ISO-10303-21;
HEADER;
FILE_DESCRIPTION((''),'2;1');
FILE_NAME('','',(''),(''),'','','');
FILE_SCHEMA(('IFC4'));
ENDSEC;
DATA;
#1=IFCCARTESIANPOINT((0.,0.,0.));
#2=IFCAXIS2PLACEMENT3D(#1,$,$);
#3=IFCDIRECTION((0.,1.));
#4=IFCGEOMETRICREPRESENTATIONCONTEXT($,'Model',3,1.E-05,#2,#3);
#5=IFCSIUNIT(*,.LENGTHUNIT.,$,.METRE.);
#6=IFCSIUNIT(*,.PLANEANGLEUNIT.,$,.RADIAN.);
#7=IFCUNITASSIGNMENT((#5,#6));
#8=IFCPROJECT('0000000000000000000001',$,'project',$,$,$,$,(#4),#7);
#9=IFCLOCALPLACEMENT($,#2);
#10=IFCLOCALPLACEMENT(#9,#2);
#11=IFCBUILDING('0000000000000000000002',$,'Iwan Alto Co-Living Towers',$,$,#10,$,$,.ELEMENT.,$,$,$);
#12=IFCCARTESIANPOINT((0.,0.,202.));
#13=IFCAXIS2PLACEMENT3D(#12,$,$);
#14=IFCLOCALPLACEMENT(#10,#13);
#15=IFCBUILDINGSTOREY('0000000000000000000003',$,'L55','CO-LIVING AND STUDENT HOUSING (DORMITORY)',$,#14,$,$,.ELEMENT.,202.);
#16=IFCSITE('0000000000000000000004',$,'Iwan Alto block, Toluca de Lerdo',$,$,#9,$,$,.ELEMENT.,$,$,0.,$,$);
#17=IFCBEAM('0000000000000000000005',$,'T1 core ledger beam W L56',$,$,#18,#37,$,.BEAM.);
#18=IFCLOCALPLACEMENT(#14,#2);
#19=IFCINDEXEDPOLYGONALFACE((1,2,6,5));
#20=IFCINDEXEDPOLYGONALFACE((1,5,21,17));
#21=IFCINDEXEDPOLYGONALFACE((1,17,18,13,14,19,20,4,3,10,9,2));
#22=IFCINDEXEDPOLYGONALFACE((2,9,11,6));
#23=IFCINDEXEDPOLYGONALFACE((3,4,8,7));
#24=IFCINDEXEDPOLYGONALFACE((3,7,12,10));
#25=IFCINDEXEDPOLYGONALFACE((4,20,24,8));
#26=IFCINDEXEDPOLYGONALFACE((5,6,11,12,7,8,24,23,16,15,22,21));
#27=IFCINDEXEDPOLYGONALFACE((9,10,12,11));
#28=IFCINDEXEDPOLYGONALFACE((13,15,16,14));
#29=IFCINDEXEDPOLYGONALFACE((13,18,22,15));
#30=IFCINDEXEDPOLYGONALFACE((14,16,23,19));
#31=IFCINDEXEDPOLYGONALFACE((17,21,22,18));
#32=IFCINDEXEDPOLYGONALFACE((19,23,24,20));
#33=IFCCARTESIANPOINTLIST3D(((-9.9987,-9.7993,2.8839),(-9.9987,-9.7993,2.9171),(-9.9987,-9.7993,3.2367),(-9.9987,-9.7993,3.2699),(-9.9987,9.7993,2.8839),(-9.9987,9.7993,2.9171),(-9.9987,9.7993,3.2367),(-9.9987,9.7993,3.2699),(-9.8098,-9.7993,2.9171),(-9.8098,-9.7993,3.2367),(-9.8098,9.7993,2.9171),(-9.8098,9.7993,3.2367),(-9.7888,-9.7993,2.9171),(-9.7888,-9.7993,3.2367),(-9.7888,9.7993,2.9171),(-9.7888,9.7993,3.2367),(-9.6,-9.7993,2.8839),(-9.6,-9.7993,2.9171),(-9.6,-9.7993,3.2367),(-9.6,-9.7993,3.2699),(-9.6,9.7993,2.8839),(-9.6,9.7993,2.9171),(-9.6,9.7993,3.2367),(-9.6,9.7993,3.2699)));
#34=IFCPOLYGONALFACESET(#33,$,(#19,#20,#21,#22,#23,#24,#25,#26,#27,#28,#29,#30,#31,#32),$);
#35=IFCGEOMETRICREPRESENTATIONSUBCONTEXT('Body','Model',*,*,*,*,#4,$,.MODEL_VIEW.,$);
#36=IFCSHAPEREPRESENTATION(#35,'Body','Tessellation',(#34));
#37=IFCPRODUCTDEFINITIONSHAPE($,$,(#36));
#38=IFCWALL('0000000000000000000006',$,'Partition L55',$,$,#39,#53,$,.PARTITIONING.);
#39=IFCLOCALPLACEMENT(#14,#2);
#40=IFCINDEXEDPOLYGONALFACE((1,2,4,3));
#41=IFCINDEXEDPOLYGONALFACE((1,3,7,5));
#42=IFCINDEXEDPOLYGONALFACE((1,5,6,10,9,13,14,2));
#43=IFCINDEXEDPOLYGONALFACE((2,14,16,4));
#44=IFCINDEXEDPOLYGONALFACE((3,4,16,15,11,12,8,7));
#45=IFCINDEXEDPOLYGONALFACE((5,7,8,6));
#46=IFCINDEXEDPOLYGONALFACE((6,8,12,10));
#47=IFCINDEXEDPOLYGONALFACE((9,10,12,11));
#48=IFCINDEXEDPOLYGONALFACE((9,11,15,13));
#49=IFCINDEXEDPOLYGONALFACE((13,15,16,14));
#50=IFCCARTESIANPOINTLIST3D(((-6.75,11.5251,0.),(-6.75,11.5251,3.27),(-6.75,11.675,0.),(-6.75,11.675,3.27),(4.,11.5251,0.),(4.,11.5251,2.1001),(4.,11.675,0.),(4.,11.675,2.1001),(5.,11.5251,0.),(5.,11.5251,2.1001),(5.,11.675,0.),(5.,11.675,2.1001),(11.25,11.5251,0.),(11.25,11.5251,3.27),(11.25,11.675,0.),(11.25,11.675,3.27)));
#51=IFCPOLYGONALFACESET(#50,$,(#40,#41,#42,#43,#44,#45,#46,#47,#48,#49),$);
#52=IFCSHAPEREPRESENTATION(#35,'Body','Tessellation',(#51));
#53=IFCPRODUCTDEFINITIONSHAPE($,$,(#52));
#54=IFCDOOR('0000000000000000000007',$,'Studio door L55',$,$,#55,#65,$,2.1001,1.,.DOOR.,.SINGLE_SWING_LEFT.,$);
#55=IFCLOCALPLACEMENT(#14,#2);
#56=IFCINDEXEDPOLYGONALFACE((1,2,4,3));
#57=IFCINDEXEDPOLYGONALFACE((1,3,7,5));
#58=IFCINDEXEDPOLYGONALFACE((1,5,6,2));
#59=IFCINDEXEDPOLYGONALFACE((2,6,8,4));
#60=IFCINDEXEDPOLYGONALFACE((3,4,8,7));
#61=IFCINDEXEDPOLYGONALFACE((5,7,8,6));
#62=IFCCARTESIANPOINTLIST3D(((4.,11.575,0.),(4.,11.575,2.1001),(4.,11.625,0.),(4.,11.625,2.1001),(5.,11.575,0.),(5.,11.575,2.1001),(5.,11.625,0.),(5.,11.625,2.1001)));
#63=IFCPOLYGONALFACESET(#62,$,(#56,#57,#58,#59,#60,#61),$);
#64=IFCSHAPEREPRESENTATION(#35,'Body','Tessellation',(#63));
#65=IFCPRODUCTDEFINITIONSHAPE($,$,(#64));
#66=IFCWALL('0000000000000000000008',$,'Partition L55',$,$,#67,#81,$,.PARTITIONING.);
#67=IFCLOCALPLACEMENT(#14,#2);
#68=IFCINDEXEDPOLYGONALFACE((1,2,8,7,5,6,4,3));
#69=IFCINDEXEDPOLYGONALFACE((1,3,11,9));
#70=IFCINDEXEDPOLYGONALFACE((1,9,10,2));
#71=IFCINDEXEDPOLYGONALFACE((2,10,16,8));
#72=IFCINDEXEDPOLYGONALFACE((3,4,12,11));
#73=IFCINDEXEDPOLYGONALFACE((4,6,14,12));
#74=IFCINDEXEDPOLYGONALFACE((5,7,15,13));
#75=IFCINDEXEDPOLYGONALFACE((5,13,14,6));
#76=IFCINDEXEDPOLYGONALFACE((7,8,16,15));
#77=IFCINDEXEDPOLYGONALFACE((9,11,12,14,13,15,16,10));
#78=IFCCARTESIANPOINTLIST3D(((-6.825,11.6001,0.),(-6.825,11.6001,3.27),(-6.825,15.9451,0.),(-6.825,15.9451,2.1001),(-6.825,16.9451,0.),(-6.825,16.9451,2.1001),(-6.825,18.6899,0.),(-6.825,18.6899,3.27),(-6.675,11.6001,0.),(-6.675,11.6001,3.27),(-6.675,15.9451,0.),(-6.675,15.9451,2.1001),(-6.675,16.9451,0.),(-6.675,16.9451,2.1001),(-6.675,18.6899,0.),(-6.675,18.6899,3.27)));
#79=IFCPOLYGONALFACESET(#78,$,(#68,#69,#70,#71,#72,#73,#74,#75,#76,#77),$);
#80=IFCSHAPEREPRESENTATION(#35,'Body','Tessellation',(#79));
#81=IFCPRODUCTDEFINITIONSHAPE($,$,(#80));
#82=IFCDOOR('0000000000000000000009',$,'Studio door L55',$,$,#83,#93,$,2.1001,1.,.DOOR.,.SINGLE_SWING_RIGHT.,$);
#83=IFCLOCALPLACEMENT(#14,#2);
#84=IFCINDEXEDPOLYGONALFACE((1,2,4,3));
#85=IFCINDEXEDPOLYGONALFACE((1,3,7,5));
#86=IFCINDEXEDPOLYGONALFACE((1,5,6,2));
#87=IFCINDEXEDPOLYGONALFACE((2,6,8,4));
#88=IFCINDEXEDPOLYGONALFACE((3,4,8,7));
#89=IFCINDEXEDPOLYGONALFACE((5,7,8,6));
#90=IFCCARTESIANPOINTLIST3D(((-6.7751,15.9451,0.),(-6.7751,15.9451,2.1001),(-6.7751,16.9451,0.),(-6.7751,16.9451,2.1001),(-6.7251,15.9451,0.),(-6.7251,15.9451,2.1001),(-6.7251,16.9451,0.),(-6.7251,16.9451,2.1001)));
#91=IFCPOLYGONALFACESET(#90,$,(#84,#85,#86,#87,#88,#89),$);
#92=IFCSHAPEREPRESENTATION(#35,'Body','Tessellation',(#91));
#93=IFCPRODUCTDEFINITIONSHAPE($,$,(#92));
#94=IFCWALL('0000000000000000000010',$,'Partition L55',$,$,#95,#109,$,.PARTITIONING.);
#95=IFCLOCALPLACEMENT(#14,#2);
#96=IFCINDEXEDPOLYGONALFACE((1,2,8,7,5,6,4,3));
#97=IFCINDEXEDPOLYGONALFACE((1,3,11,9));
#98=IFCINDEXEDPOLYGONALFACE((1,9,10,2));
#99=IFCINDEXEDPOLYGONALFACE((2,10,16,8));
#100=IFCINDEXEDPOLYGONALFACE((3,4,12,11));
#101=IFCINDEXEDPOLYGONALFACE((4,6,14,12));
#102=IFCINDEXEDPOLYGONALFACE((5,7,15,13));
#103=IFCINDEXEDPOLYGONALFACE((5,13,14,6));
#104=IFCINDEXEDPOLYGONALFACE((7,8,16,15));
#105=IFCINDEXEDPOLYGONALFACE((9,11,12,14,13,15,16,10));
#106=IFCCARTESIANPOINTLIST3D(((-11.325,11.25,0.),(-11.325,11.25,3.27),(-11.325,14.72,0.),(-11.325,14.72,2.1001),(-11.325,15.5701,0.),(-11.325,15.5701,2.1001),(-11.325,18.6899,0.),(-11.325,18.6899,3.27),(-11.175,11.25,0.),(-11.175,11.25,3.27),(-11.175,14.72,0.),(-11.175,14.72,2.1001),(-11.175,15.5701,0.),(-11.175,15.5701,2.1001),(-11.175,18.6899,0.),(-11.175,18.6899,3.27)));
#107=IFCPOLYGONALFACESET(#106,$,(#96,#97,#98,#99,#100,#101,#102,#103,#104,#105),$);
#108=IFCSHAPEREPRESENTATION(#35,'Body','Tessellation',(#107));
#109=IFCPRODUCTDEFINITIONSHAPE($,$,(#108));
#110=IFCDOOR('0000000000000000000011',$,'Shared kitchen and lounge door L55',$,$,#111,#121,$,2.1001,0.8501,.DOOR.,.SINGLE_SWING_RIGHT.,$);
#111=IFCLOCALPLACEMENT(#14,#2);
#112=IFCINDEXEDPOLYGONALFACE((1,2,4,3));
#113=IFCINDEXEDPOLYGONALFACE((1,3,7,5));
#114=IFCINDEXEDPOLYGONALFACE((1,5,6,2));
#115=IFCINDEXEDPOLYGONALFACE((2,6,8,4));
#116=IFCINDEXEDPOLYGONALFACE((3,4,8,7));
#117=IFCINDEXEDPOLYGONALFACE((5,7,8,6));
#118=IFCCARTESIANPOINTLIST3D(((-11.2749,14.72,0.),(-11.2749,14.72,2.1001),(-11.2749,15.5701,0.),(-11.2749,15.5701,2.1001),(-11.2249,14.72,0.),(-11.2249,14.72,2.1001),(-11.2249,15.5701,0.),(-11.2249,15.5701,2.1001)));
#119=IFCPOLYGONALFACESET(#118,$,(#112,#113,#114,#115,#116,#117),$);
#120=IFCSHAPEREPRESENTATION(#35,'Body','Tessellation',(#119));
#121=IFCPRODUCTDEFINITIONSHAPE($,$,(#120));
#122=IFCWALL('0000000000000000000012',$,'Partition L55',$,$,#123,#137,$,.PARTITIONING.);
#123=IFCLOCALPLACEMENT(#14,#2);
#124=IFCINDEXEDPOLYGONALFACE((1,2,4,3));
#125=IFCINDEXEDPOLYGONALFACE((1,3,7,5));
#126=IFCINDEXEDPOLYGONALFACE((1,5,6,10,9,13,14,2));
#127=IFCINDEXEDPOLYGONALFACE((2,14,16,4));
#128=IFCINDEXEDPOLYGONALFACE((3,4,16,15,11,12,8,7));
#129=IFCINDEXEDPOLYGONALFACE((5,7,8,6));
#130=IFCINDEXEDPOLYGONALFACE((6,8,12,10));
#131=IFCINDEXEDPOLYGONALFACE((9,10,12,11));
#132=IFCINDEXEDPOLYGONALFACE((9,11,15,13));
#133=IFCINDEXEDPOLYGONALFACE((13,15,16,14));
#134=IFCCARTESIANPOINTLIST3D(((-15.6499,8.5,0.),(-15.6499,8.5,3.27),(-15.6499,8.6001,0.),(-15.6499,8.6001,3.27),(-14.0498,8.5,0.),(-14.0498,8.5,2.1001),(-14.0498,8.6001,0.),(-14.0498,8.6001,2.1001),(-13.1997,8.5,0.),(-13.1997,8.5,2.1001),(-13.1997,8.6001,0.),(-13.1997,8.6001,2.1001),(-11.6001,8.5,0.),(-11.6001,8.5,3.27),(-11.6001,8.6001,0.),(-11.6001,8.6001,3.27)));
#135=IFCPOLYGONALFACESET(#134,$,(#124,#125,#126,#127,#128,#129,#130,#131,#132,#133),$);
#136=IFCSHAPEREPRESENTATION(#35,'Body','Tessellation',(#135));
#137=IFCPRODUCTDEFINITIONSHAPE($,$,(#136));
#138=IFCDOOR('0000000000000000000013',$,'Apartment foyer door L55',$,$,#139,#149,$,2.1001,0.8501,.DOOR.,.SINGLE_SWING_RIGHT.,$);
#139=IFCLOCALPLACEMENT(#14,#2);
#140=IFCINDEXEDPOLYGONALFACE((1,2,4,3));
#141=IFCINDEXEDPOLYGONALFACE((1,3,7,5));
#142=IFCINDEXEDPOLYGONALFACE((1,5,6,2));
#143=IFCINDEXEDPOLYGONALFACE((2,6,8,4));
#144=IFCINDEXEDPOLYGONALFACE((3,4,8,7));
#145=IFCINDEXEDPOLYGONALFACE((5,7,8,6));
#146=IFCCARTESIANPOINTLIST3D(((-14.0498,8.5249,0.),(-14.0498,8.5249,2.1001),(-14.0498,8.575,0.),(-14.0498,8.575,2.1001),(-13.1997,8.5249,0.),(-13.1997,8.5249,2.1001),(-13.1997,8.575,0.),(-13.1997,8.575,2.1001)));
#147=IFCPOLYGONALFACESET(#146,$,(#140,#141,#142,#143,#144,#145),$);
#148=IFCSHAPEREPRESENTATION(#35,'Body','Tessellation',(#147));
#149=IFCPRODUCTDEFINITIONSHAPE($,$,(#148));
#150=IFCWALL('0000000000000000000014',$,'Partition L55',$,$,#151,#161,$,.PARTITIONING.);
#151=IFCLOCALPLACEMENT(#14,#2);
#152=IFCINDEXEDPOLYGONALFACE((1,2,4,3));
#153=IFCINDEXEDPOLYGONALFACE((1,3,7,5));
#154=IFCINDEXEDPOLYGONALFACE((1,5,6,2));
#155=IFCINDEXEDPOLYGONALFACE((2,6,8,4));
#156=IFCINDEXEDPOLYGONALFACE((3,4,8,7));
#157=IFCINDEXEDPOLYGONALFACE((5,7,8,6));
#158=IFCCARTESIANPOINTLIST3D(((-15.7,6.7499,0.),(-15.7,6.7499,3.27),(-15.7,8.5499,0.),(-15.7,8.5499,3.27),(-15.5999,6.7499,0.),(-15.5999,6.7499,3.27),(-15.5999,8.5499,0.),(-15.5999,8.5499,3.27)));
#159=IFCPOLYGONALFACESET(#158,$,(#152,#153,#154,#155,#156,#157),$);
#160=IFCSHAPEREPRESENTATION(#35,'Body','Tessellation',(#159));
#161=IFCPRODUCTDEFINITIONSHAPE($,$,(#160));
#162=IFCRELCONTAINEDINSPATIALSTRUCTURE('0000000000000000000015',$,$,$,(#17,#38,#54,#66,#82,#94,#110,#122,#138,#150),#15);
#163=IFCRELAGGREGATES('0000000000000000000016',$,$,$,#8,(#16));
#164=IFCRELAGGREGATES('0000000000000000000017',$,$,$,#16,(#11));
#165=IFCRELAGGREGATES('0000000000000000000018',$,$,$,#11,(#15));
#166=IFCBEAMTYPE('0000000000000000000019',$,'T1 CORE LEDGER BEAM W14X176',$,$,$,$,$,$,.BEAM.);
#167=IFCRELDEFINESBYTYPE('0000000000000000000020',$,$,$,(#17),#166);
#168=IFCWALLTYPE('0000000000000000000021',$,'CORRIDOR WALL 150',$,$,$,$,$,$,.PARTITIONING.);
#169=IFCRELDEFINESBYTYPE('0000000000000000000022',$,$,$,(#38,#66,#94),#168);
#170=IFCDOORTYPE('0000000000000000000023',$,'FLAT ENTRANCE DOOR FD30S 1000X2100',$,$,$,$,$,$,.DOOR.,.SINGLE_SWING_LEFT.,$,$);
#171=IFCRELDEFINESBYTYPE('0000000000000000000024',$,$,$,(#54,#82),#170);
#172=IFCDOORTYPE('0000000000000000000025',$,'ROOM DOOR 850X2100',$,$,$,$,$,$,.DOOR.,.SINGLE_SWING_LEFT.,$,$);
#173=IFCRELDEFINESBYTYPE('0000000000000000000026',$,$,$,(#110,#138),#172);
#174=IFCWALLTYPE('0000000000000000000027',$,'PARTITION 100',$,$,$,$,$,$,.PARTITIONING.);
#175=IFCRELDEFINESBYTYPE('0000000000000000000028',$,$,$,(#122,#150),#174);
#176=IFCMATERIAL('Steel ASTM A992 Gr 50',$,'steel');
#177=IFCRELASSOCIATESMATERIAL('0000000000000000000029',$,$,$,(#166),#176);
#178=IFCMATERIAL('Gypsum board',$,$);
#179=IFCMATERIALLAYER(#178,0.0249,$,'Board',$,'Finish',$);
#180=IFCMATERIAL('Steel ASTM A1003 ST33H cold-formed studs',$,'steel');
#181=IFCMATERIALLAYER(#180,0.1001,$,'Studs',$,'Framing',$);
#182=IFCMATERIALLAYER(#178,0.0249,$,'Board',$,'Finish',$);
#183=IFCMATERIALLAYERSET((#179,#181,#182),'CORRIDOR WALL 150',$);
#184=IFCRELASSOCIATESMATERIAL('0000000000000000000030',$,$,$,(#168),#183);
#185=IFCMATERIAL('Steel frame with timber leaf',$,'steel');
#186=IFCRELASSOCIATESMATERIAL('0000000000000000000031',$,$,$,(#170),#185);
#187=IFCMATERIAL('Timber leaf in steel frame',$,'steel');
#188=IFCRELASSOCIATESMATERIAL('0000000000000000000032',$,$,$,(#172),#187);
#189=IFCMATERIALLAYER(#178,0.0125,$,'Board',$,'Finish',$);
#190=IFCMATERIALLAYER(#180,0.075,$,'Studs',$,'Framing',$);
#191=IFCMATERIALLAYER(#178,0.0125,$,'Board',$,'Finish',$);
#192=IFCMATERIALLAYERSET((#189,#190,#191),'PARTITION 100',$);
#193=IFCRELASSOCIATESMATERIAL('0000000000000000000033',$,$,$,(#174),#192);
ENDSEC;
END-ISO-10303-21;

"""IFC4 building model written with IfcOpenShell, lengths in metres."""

from ifc_helpers import new_model, si_unit, direction, frame, frame_2d, origin, origin_2d, place, context, subcontext, project, spatial, rectangle, i_section, extrude, material, layer, layer_set, material_profile, profile_set, type_object, element, fill, save


model = new_model("IFC4")

# Units and contexts
model_context = context("Model", 3, precision=1e-05, world=origin(), true_north=direction((0.0, 1.0)))
body_context = subcontext(model_context, "Body", "Model", "MODEL_VIEW")
ifc_project = project(units=[si_unit("LENGTHUNIT", "METRE"), si_unit("PLANEANGLEUNIT", "RADIAN")], contexts=[model_context])

# Site, building, storey
site_placement = place(None, origin())
site = spatial("IfcSite", under=ifc_project, at=site_placement, Name="Iwan Alto block, Toluca de Lerdo", CompositionType="ELEMENT", RefElevation=0.0)
building_placement = place(site_placement, origin())
building = spatial("IfcBuilding", under=site, at=building_placement, Name="Iwan Alto Co-Living Towers", CompositionType="ELEMENT")
storey_placement = place(building_placement, frame((0.0, 0.0, 202.0)))
storey = spatial("IfcBuildingStorey", under=building, at=storey_placement, Name="L55", Description="CO-LIVING AND STUDENT HOUSING (DORMITORY)", CompositionType="ELEMENT", Elevation=202.0)

# Beam
ifc_material_1 = material(Name="Steel ASTM A992 Gr 50", Category="steel")
ifc_material_profile = material_profile(ifc_material_1, i_section(OverallWidth=0.3987, OverallDepth=0.386, WebThickness=0.021, FlangeThickness=0.0332, at=origin_2d()), Name="W14X176")
ifc_profile_set = profile_set([ifc_material_profile], Name="Steel ASTM A992 Gr 50")
beam_type = type_object("IfcBeamType", Name="T1 CORE LEDGER BEAM W14X176", PredefinedType="BEAM", material=ifc_profile_set)
beam_placement = place(storey_placement, frame((-9.7993, 9.7993, 3.0769), z_axis=(0.0, -1.0, 0.0), x_axis=(1.0, 0.0, 0.0)))
element("IfcBeam", 1, at=beam_placement, inside=storey, type_object=beam_type, Name="T1 core ledger beam W L56", PredefinedType="BEAM", context=body_context, shape_type="SweptSolid", body=[
    extrude(i_section(OverallWidth=0.3987, OverallDepth=0.386, WebThickness=0.021, FlangeThickness=0.0332, at=origin_2d()), origin(), (0.0, 0.0, 1.0), 19.5986),
])

# Walls, openings, doors
ifc_material_2 = material(Name="Gypsum board")
ifc_layer_1 = layer(ifc_material_2, 0.0249, Name="Board", Category="Finish")
ifc_material_3 = material(Name="Steel ASTM A1003 ST33H cold-formed studs", Category="steel")
ifc_layer_2 = layer(ifc_material_3, 0.1001, Name="Studs", Category="Framing")
ifc_layer_3 = layer(ifc_material_2, 0.0249, Name="Board", Category="Finish")
ifc_layer_set_1 = layer_set([ifc_layer_1, ifc_layer_2, ifc_layer_3], Name="CORRIDOR WALL 150")
wall_type_1 = type_object("IfcWallType", Name="CORRIDOR WALL 150", PredefinedType="PARTITIONING", material=ifc_layer_set_1)
wall_1_placement = place(storey_placement, frame((-6.75, 11.6001, 0.0), z_axis=(0.0, 0.0, 1.0), x_axis=(1.0, 0.0, 0.0)))
wall_1 = element("IfcWall", 2, at=wall_1_placement, inside=storey, type_object=wall_type_1, Name="Partition L55", PredefinedType="PARTITIONING", context=body_context, shape_type="SweptSolid", body=[
    extrude(rectangle(XDim=18.0, YDim=0.1499, at=frame_2d((9.0, 0.0))), origin(), (0.0, 0.0, 1.0), 3.27),
])
opening_1_placement = place(wall_1_placement, frame((10.75, 0.0, 0.0)))
opening_1 = element("IfcOpeningElement", 3, at=opening_1_placement, cuts=wall_1, PredefinedType="OPENING", context=body_context, shape_type="SweptSolid", body=[
    extrude(rectangle(XDim=1.0, YDim=2.1001, at=frame_2d((0.5, 1.05))), frame((0.0, 0.085, 0.0), z_axis=(0.0, -1.0, 0.0), x_axis=(1.0, 0.0, 0.0)), (0.0, 0.0, 1.0), 0.1699),
])
ifc_material_4 = material(Name="Steel frame with timber leaf", Category="steel")
door_type_1 = type_object("IfcDoorType", Name="FLAT ENTRANCE DOOR FD30S 1000X2100", OperationType="SINGLE_SWING_LEFT", PredefinedType="DOOR", material=ifc_material_4)
door_1_placement = place(opening_1_placement, origin())
door_1 = element("IfcDoor", 4, at=door_1_placement, inside=storey, type_object=door_type_1, Name="Studio door L55", OperationType="SINGLE_SWING_LEFT", OverallHeight=2.1001, OverallWidth=1.0, PredefinedType="DOOR", context=body_context, shape_type="SweptSolid", body=[
    extrude(rectangle(XDim=1.0, YDim=2.1001, at=frame_2d((0.5, 1.05))), frame((0.0, 0.0249, 0.0), z_axis=(0.0, -1.0, 0.0), x_axis=(1.0, 0.0, 0.0)), (0.0, 0.0, 1.0), 0.05),
])
fill(opening_1, door_1)
wall_2_placement = place(storey_placement, frame((-6.75, 11.6001, 0.0), z_axis=(0.0, 0.0, 1.0), x_axis=(0.0, 1.0, 0.0)))
wall_2 = element("IfcWall", 5, at=wall_2_placement, inside=storey, type_object=wall_type_1, Name="Partition L55", PredefinedType="PARTITIONING", context=body_context, shape_type="SweptSolid", body=[
    extrude(rectangle(XDim=7.0898, YDim=0.1499, at=frame_2d((3.5449, 0.0))), origin(), (0.0, 0.0, 1.0), 3.27),
])
opening_2_placement = place(wall_2_placement, frame((4.345, 0.0, 0.0)))
opening_2 = element("IfcOpeningElement", 6, at=opening_2_placement, cuts=wall_2, PredefinedType="OPENING", context=body_context, shape_type="SweptSolid", body=[
    extrude(rectangle(XDim=1.0, YDim=2.1001, at=frame_2d((0.5, 1.05))), frame((0.0, 0.085, 0.0), z_axis=(0.0, -1.0, 0.0), x_axis=(1.0, 0.0, 0.0)), (0.0, 0.0, 1.0), 0.1699),
])
door_2_placement = place(opening_2_placement, frame((1.0, 0.0, 0.0), z_axis=(0.0, 0.0, 1.0), x_axis=(-1.0, 0.0, 0.0)))
door_2 = element("IfcDoor", 7, at=door_2_placement, inside=storey, type_object=door_type_1, Name="Studio door L55", OperationType="SINGLE_SWING_RIGHT", OverallHeight=2.1001, OverallWidth=1.0, PredefinedType="DOOR", context=body_context, shape_type="SweptSolid", body=[
    extrude(rectangle(XDim=1.0, YDim=2.1001, at=frame_2d((0.5, 1.05))), frame((0.0, 0.0249, 0.0), z_axis=(0.0, -1.0, 0.0), x_axis=(1.0, 0.0, 0.0)), (0.0, 0.0, 1.0), 0.05),
])
fill(opening_2, door_2)
wall_3_placement = place(storey_placement, frame((-11.25, 11.25, 0.0), z_axis=(0.0, 0.0, 1.0), x_axis=(0.0, 1.0, 0.0)))
wall_3 = element("IfcWall", 8, at=wall_3_placement, inside=storey, type_object=wall_type_1, Name="Partition L55", PredefinedType="PARTITIONING", context=body_context, shape_type="SweptSolid", body=[
    extrude(rectangle(XDim=7.4399, YDim=0.1499, at=frame_2d((3.72, 0.0))), origin(), (0.0, 0.0, 1.0), 3.27),
])
opening_3_placement = place(wall_3_placement, frame((3.47, 0.0, 0.0)))
opening_3 = element("IfcOpeningElement", 9, at=opening_3_placement, cuts=wall_3, PredefinedType="OPENING", context=body_context, shape_type="SweptSolid", body=[
    extrude(rectangle(XDim=0.8501, YDim=2.1001, at=frame_2d((0.425, 1.05))), frame((0.0, 0.085, 0.0), z_axis=(0.0, -1.0, 0.0), x_axis=(1.0, 0.0, 0.0)), (0.0, 0.0, 1.0), 0.1699),
])
ifc_material_5 = material(Name="Timber leaf in steel frame", Category="steel")
door_type_2 = type_object("IfcDoorType", Name="ROOM DOOR 850X2100", OperationType="SINGLE_SWING_LEFT", PredefinedType="DOOR", material=ifc_material_5)
door_3_placement = place(opening_3_placement, origin())
door_3 = element("IfcDoor", 10, at=door_3_placement, inside=storey, type_object=door_type_2, Name="Shared kitchen and lounge door L55", OperationType="SINGLE_SWING_RIGHT", OverallHeight=2.1001, OverallWidth=0.8501, PredefinedType="DOOR", context=body_context, shape_type="SweptSolid", body=[
    extrude(rectangle(XDim=0.8501, YDim=2.1001, at=frame_2d((0.425, 1.05))), frame((0.0, 0.0249, 0.0), z_axis=(0.0, -1.0, 0.0), x_axis=(1.0, 0.0, 0.0)), (0.0, 0.0, 1.0), 0.05),
])
fill(opening_3, door_3)
ifc_layer_4 = layer(ifc_material_2, 0.0125, Name="Board", Category="Finish")
ifc_layer_5 = layer(ifc_material_3, 0.075, Name="Studs", Category="Framing")
ifc_layer_6 = layer(ifc_material_2, 0.0125, Name="Board", Category="Finish")
ifc_layer_set_2 = layer_set([ifc_layer_4, ifc_layer_5, ifc_layer_6], Name="PARTITION 100")
wall_type_2 = type_object("IfcWallType", Name="PARTITION 100", PredefinedType="PARTITIONING", material=ifc_layer_set_2)
wall_4_placement = place(storey_placement, frame((-15.6499, 8.55, 0.0), z_axis=(0.0, 0.0, 1.0), x_axis=(1.0, 0.0, 0.0)))
wall_4 = element("IfcWall", 11, at=wall_4_placement, inside=storey, type_object=wall_type_2, Name="Partition L55", PredefinedType="PARTITIONING", context=body_context, shape_type="SweptSolid", body=[
    extrude(rectangle(XDim=4.0498, YDim=0.1001, at=frame_2d((2.0249, 0.0))), origin(), (0.0, 0.0, 1.0), 3.27),
])
opening_4_placement = place(wall_4_placement, frame((1.6001, 0.0, 0.0)))
opening_4 = element("IfcOpeningElement", 12, at=opening_4_placement, cuts=wall_4, PredefinedType="OPENING", context=body_context, shape_type="SweptSolid", body=[
    extrude(rectangle(XDim=0.8501, YDim=2.1001, at=frame_2d((0.425, 1.05))), frame((0.0, 0.0601, 0.0), z_axis=(0.0, -1.0, 0.0), x_axis=(1.0, 0.0, 0.0)), (0.0, 0.0, 1.0), 0.1201),
])
door_4_placement = place(opening_4_placement, origin())
door_4 = element("IfcDoor", 13, at=door_4_placement, inside=storey, type_object=door_type_2, Name="Apartment foyer door L55", OperationType="SINGLE_SWING_RIGHT", OverallHeight=2.1001, OverallWidth=0.8501, PredefinedType="DOOR", context=body_context, shape_type="SweptSolid", body=[
    extrude(rectangle(XDim=0.8501, YDim=2.1001, at=frame_2d((0.425, 1.05))), frame((0.0, 0.0249, 0.0), z_axis=(0.0, -1.0, 0.0), x_axis=(1.0, 0.0, 0.0)), (0.0, 0.0, 1.0), 0.05),
])
fill(opening_4, door_4)

# Wall
wall_5_placement = place(storey_placement, frame((-15.6499, 6.75, 0.0), z_axis=(0.0, 0.0, 1.0), x_axis=(0.0, 1.0, 0.0)))
element("IfcWall", 14, at=wall_5_placement, inside=storey, type_object=wall_type_2, Name="Partition L55", PredefinedType="PARTITIONING", context=body_context, shape_type="SweptSolid", body=[
    extrude(rectangle(XDim=1.8, YDim=0.1001, at=frame_2d((0.8999, 0.0))), origin(), (0.0, 0.0, 1.0), 3.27),
])

save(model, "model.ifc")
